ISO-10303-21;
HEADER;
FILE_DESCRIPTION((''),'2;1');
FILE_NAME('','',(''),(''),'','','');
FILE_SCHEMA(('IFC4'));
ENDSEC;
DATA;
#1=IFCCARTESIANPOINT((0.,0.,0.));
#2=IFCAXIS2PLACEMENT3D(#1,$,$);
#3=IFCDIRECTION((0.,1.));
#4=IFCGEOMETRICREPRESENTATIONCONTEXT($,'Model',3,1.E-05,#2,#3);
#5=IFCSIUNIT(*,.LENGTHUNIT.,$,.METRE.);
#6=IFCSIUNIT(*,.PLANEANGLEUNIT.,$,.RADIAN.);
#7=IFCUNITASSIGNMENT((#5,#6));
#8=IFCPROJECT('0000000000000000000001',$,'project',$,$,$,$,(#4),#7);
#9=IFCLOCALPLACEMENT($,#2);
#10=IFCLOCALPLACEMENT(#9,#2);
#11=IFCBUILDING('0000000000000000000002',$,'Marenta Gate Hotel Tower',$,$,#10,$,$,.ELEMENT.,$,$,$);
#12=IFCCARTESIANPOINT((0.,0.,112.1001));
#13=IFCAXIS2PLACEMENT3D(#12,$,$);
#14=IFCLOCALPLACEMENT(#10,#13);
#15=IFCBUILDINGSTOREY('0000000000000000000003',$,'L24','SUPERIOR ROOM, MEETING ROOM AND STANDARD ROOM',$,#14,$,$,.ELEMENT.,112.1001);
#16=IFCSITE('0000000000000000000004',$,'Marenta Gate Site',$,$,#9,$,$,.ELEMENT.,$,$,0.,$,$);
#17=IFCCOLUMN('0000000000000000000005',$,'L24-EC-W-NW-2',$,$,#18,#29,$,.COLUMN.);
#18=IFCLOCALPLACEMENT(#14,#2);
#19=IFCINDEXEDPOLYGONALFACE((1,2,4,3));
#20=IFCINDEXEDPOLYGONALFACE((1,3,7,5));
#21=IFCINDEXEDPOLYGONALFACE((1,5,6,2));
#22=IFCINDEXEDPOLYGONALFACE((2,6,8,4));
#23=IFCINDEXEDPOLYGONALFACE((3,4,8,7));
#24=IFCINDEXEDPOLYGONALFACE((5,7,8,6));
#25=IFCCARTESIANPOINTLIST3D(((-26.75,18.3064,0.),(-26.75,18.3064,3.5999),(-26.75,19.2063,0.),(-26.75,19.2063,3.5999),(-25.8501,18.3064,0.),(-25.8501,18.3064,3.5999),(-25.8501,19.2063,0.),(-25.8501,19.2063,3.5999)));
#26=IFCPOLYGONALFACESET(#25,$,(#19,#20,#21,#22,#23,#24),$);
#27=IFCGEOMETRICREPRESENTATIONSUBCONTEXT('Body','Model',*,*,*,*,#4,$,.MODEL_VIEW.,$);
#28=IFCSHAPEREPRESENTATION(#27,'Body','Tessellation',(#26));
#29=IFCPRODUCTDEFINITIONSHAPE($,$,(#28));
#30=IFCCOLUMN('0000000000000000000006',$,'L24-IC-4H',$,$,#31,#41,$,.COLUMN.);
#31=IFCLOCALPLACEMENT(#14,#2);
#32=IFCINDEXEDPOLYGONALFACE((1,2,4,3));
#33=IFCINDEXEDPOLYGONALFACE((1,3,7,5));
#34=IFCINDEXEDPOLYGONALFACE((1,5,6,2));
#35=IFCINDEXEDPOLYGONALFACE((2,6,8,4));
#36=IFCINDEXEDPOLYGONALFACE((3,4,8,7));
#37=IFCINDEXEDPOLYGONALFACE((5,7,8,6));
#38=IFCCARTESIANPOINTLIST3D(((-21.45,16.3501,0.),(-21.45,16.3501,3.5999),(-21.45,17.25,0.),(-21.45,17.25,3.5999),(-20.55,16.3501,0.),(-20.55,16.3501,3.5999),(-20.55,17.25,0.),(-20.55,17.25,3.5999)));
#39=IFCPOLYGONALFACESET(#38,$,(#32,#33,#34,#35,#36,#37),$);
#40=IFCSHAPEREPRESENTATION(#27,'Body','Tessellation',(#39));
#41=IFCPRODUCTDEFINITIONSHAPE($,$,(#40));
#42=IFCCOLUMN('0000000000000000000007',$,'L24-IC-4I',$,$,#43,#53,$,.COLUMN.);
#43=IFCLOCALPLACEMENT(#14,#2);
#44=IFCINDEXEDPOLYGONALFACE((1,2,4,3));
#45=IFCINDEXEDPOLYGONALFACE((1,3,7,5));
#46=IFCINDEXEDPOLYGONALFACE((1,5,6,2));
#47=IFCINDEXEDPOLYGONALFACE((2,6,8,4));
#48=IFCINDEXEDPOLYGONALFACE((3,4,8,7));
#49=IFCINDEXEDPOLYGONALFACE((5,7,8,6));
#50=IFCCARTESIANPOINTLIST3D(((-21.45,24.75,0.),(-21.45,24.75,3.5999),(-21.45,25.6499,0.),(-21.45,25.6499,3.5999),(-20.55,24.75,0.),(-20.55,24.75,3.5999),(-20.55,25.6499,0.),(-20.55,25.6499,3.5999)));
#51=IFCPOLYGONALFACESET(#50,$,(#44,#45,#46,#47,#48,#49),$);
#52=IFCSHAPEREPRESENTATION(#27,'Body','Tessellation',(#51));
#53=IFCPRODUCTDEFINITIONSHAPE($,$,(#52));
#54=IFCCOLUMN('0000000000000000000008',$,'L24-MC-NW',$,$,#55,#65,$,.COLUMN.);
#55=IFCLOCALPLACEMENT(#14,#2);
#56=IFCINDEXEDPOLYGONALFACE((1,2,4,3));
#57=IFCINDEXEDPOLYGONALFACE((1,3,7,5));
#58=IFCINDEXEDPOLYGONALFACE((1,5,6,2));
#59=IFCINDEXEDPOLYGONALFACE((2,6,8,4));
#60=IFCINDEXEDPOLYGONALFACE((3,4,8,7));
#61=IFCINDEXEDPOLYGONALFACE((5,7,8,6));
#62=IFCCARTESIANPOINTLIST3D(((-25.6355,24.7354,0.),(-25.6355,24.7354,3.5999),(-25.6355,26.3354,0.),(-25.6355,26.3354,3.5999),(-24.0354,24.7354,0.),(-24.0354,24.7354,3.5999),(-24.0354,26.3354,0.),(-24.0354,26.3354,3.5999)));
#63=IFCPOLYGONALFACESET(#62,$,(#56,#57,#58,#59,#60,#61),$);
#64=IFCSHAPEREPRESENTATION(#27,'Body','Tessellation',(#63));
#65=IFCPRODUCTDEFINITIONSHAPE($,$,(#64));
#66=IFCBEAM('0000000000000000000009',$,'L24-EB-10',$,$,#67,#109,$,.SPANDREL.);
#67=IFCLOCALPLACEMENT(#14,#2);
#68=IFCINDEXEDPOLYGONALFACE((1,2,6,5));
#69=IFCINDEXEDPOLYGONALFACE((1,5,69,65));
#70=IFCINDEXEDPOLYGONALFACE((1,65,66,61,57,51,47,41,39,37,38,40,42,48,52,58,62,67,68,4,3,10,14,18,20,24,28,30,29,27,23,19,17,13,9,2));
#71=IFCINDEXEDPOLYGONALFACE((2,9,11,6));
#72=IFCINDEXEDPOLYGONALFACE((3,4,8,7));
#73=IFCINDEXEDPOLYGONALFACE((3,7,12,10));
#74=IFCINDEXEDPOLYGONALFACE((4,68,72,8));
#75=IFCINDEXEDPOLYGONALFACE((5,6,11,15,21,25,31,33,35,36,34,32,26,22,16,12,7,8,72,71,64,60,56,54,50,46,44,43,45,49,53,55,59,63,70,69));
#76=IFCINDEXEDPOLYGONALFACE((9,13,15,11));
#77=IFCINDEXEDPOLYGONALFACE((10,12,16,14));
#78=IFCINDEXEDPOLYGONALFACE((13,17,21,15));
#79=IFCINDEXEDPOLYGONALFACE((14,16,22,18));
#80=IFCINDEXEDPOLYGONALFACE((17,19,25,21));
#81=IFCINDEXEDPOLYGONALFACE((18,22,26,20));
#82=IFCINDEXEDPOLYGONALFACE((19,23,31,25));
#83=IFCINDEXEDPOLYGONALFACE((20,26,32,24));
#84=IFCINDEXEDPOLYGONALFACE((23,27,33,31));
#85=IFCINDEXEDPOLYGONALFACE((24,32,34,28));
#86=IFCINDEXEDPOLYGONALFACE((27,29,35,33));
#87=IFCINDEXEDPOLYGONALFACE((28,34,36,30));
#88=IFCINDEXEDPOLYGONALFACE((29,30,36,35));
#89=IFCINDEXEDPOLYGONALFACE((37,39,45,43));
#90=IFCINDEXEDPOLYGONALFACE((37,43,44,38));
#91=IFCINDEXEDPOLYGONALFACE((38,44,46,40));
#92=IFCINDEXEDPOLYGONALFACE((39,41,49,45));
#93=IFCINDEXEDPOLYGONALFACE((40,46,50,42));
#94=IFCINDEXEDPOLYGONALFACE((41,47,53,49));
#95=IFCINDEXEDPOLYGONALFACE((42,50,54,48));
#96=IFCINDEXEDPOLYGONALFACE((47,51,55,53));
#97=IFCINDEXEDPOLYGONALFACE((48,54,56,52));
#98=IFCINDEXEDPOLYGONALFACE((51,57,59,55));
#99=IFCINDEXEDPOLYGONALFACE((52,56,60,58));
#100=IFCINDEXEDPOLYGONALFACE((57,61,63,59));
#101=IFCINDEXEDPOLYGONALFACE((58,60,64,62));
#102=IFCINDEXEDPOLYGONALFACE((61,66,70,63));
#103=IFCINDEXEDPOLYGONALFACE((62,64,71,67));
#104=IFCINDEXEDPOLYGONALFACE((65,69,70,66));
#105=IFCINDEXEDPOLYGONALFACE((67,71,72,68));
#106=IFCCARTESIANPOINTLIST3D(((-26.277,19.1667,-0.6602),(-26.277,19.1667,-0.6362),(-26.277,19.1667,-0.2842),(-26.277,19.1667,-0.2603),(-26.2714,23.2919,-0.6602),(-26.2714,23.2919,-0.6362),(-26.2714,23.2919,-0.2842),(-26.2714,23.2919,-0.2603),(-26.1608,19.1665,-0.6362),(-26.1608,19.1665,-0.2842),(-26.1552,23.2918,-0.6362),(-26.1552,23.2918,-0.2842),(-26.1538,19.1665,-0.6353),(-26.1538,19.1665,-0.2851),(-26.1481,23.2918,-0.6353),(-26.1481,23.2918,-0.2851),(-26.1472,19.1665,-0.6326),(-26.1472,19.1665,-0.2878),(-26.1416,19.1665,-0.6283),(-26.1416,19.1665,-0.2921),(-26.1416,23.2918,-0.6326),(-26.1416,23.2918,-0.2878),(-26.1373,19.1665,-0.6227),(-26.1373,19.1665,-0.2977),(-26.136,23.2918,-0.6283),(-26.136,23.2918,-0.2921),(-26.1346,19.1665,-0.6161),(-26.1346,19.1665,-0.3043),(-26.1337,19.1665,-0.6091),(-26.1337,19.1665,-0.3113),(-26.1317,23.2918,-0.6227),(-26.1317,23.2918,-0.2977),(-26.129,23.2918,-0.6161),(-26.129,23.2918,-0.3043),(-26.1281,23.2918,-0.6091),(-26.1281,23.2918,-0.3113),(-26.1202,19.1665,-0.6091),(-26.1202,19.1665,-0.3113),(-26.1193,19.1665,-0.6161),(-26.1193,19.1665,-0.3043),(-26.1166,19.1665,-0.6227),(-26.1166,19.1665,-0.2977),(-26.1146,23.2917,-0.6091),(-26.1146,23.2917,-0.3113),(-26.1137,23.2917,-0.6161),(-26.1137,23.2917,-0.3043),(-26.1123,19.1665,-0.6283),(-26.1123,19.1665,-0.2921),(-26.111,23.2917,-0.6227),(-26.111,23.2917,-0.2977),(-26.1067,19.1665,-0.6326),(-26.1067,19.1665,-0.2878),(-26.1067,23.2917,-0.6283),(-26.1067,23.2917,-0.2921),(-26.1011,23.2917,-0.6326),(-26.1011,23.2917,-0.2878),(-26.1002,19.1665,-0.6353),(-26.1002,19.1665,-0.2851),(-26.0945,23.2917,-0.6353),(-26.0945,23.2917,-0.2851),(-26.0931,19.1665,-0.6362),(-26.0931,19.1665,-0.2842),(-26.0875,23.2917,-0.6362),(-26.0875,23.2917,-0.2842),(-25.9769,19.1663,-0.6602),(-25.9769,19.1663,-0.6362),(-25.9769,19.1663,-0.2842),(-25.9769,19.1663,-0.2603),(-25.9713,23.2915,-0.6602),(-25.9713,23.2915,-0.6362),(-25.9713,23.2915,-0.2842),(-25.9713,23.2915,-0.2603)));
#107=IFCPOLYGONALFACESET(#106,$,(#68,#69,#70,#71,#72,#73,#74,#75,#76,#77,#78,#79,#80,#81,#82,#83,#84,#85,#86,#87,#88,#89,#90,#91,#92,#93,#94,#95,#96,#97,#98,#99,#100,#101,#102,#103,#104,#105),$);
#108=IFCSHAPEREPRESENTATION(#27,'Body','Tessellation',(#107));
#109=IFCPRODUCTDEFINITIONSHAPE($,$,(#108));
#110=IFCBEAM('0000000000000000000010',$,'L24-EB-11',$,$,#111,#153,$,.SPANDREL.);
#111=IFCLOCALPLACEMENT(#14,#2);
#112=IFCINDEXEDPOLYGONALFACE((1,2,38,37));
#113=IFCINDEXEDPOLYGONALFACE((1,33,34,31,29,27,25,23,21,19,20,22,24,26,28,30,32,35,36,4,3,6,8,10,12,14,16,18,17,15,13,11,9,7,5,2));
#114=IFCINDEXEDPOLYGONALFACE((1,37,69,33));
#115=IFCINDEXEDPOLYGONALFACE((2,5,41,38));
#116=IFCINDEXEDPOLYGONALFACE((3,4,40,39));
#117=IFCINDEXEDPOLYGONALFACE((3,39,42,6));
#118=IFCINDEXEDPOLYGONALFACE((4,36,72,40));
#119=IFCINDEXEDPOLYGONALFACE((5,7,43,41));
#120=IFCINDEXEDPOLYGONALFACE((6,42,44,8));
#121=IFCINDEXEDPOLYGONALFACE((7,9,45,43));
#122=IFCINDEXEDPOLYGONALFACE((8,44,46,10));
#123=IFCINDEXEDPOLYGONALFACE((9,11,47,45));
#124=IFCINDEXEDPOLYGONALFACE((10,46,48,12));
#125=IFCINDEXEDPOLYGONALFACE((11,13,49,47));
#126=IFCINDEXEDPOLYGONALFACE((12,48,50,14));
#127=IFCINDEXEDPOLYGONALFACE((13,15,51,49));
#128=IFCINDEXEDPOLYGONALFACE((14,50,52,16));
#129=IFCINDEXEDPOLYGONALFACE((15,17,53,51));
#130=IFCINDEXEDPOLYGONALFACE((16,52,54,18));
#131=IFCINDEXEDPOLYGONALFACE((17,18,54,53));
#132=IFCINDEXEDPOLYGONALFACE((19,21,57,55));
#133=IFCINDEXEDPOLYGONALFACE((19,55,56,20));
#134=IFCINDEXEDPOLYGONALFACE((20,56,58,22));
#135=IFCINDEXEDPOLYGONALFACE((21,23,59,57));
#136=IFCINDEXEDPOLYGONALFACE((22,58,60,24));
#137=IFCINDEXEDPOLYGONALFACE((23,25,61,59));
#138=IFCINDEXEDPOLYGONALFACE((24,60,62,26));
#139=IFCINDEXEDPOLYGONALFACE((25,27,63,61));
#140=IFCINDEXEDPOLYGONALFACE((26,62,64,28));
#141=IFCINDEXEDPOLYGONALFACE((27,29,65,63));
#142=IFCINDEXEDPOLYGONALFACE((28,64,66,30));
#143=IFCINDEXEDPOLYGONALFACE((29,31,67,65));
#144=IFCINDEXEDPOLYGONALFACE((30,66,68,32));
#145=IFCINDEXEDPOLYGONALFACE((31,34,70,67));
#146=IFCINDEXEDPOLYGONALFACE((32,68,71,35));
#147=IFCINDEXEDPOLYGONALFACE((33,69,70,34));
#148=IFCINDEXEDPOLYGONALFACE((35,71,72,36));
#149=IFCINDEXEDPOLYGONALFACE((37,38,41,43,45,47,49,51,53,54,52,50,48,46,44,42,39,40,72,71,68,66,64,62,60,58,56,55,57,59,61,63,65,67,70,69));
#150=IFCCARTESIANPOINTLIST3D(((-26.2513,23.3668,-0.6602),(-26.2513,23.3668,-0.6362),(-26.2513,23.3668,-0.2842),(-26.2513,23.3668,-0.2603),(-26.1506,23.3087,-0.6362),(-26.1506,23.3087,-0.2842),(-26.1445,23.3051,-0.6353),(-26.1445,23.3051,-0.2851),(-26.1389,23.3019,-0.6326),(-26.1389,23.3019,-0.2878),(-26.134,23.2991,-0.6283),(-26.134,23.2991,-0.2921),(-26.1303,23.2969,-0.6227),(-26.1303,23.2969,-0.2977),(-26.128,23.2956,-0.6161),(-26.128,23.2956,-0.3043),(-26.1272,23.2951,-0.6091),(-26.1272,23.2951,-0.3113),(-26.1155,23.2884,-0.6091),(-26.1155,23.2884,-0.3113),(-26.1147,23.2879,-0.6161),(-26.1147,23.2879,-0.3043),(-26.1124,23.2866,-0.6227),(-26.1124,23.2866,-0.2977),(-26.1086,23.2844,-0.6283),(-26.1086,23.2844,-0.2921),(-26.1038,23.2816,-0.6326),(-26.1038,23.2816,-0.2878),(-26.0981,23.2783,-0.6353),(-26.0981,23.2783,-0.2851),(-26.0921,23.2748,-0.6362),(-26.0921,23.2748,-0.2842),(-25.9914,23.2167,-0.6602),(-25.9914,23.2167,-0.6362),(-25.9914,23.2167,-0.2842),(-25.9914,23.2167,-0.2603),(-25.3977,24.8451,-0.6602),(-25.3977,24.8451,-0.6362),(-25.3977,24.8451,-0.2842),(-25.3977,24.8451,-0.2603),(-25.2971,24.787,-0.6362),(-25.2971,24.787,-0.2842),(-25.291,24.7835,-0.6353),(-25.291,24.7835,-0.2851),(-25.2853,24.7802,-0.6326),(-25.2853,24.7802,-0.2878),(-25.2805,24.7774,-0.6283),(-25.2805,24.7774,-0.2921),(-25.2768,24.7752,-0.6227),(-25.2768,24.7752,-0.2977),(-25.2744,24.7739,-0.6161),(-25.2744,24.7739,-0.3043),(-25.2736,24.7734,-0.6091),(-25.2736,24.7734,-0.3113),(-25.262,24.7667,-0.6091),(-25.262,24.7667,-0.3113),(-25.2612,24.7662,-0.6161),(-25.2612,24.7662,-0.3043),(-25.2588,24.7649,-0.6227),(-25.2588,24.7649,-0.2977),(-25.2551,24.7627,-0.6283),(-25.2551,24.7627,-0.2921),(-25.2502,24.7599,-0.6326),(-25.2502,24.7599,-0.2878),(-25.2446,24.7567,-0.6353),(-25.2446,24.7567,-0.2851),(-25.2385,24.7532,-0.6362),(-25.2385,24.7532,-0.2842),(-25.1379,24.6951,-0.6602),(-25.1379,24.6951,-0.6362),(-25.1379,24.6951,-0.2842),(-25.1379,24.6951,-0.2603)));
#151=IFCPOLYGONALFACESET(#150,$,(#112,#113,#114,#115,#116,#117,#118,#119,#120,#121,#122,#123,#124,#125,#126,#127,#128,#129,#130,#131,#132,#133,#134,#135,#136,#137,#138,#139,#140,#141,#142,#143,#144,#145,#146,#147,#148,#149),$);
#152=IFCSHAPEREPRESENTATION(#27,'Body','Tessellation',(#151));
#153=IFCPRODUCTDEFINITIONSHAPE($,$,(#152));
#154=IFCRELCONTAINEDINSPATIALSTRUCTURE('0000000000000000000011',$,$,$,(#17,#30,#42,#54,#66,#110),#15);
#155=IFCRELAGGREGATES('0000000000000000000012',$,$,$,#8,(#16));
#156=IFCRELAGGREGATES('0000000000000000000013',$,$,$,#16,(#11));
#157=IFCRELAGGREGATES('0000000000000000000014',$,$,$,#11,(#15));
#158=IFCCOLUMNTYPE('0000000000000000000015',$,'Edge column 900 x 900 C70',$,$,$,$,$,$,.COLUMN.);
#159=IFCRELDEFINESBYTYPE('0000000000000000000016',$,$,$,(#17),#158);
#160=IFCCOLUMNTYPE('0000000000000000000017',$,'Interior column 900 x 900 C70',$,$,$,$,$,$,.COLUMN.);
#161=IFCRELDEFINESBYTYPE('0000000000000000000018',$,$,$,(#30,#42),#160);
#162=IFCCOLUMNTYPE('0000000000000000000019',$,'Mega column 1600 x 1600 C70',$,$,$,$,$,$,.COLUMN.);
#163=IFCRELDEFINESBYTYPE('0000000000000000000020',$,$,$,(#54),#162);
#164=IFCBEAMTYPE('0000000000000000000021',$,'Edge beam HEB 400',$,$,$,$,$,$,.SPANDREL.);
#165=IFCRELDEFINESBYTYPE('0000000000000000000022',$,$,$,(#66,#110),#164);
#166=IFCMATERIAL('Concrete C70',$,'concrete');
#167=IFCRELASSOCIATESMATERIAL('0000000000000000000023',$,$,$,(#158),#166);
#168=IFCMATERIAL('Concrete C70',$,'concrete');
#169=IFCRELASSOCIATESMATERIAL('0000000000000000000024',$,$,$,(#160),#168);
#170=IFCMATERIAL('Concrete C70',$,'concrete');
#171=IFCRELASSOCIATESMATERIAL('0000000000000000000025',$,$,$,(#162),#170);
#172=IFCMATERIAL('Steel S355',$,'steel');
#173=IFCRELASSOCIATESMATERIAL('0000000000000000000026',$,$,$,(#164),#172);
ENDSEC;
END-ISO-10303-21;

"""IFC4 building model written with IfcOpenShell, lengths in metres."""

from ifc_helpers import new_model, si_unit, direction, frame, origin, origin_2d, place, context, subcontext, project, spatial, rectangle, i_section, extrude, material, material_profile, profile_set, type_object, element, save


model = new_model("IFC4")

# Units and contexts
model_context = context("Model", 3, precision=1e-05, world=origin(), true_north=direction((0.0, 1.0)))
body_context = subcontext(model_context, "Body", "Model", "MODEL_VIEW")
ifc_project = project(units=[si_unit("LENGTHUNIT", "METRE"), si_unit("PLANEANGLEUNIT", "RADIAN")], contexts=[model_context])

# Site, building, storey
site_placement = place(None, origin())
site = spatial("IfcSite", under=ifc_project, at=site_placement, Name="Marenta Gate Site", CompositionType="ELEMENT", RefElevation=0.0)
building_placement = place(site_placement, origin())
building = spatial("IfcBuilding", under=site, at=building_placement, Name="Marenta Gate Hotel Tower", CompositionType="ELEMENT")
storey_placement = place(building_placement, frame((0.0, 0.0, 112.1001)))
storey = spatial("IfcBuildingStorey", under=building, at=storey_placement, Name="L24", Description="SUPERIOR ROOM, MEETING ROOM AND STANDARD ROOM", CompositionType="ELEMENT", Elevation=112.1001)

# Columns
ifc_material_1 = material(Name="Concrete C70", Category="concrete")
ifc_material_profile_1 = material_profile(ifc_material_1, rectangle(XDim=0.8999, YDim=0.8999, at=origin_2d()), Name="900 x 900")
ifc_profile_set_1 = profile_set([ifc_material_profile_1], Name="Concrete C70")
column_type_1 = type_object("IfcColumnType", Name="Edge column 900 x 900 C70", PredefinedType="COLUMN", material=ifc_profile_set_1)
column_1_placement = place(storey_placement, frame((-26.3, 18.7563, 0.0), z_axis=(0.0, 0.0, 1.0), x_axis=(1.0, 0.0, 0.0)))
element("IfcColumn", 1, at=column_1_placement, inside=storey, type_object=column_type_1, Name="L24-EC-W-NW-2", PredefinedType="COLUMN", context=body_context, shape_type="SweptSolid", body=[
    extrude(rectangle(XDim=0.8999, YDim=0.8999, at=origin_2d()), origin(), (0.0, 0.0, 1.0), 3.5999),
])
ifc_material_2 = material(Name="Concrete C70", Category="concrete")
ifc_material_profile_2 = material_profile(ifc_material_2, rectangle(XDim=0.8999, YDim=0.8999, at=origin_2d()), Name="900 x 900")
ifc_profile_set_2 = profile_set([ifc_material_profile_2], Name="Concrete C70")
column_type_2 = type_object("IfcColumnType", Name="Interior column 900 x 900 C70", PredefinedType="COLUMN", material=ifc_profile_set_2)
for number, where, z_axis, x_axis, name in (
    (2, (-21.0, 16.8, 0.0), (0.0, 0.0, 1.0), (1.0, 0.0, 0.0), "L24-IC-4H"),
    (3, (-21.0, 25.2, 0.0), (0.0, 0.0, 1.0), (1.0, 0.0, 0.0), "L24-IC-4I"),
):
    element("IfcColumn", number, at=place(storey_placement, frame(where, z_axis=z_axis, x_axis=x_axis)), inside=storey, type_object=column_type_2, Name=name, PredefinedType="COLUMN", context=body_context, shape_type="SweptSolid", body=[
        extrude(rectangle(XDim=0.8999, YDim=0.8999, at=origin_2d()), origin(), (0.0, 0.0, 1.0), 3.5999),
    ])
ifc_material_3 = material(Name="Concrete C70", Category="concrete")
ifc_material_profile_3 = material_profile(ifc_material_3, rectangle(XDim=1.6001, YDim=1.6001, at=origin_2d()), Name="1600 x 1600")
ifc_profile_set_3 = profile_set([ifc_material_profile_3], Name="Concrete C70")
column_type_3 = type_object("IfcColumnType", Name="Mega column 1600 x 1600 C70", PredefinedType="COLUMN", material=ifc_profile_set_3)
column_2_placement = place(storey_placement, frame((-24.8354, 25.5354, 0.0), z_axis=(0.0, 0.0, 1.0), x_axis=(1.0, 0.0, 0.0)))
element("IfcColumn", 4, at=column_2_placement, inside=storey, type_object=column_type_3, Name="L24-MC-NW", PredefinedType="COLUMN", context=body_context, shape_type="SweptSolid", body=[
    extrude(rectangle(XDim=1.6001, YDim=1.6001, at=origin_2d()), origin(), (0.0, 0.0, 1.0), 3.5999),
])

# Beams
ifc_material_4 = material(Name="Steel S355", Category="steel")
ifc_material_profile_4 = material_profile(ifc_material_4, i_section(OverallWidth=0.3, OverallDepth=0.3999, WebThickness=0.0134, FlangeThickness=0.0239, FilletRadius=0.0271, at=origin_2d()), Name="HEB 400")
ifc_profile_set_4 = profile_set([ifc_material_profile_4], Name="Steel S355")
beam_type_1 = type_object("IfcBeamType", Name="Edge beam HEB 400", PredefinedType="SPANDREL", material=ifc_profile_set_4)
beam_1_placement = place(storey_placement, frame((-26.127, 19.1665, -0.4602), z_axis=(0.001361, 0.999999, 0.0), x_axis=(-0.999999, 0.001361, 0.0)))
element("IfcBeam", 5, at=beam_1_placement, inside=storey, type_object=beam_type_1, Name="L24-EB-10", PredefinedType="SPANDREL", context=body_context, shape_type="SweptSolid", body=[
    extrude(i_section(OverallWidth=0.3, OverallDepth=0.3999, WebThickness=0.0134, FlangeThickness=0.0239, FilletRadius=0.0271, at=origin_2d()), origin(), (0.0, 0.0, 1.0), 4.1252),
])
beam_2_placement = place(storey_placement, frame((-26.1213, 23.2917, -0.4602), z_axis=(0.500015, 0.866016, 0.0), x_axis=(-0.866016, 0.500015, 0.0)))
element("IfcBeam", 6, at=beam_2_placement, inside=storey, type_object=beam_type_1, Name="L24-EB-11", PredefinedType="SPANDREL", context=body_context, shape_type="SweptSolid", body=[
    extrude(i_section(OverallWidth=0.3, OverallDepth=0.3999, WebThickness=0.0134, FlangeThickness=0.0239, FilletRadius=0.0271, at=origin_2d()), origin(), (0.0, 0.0, 1.0), 1.707),
])

save(model, "model.ifc")
